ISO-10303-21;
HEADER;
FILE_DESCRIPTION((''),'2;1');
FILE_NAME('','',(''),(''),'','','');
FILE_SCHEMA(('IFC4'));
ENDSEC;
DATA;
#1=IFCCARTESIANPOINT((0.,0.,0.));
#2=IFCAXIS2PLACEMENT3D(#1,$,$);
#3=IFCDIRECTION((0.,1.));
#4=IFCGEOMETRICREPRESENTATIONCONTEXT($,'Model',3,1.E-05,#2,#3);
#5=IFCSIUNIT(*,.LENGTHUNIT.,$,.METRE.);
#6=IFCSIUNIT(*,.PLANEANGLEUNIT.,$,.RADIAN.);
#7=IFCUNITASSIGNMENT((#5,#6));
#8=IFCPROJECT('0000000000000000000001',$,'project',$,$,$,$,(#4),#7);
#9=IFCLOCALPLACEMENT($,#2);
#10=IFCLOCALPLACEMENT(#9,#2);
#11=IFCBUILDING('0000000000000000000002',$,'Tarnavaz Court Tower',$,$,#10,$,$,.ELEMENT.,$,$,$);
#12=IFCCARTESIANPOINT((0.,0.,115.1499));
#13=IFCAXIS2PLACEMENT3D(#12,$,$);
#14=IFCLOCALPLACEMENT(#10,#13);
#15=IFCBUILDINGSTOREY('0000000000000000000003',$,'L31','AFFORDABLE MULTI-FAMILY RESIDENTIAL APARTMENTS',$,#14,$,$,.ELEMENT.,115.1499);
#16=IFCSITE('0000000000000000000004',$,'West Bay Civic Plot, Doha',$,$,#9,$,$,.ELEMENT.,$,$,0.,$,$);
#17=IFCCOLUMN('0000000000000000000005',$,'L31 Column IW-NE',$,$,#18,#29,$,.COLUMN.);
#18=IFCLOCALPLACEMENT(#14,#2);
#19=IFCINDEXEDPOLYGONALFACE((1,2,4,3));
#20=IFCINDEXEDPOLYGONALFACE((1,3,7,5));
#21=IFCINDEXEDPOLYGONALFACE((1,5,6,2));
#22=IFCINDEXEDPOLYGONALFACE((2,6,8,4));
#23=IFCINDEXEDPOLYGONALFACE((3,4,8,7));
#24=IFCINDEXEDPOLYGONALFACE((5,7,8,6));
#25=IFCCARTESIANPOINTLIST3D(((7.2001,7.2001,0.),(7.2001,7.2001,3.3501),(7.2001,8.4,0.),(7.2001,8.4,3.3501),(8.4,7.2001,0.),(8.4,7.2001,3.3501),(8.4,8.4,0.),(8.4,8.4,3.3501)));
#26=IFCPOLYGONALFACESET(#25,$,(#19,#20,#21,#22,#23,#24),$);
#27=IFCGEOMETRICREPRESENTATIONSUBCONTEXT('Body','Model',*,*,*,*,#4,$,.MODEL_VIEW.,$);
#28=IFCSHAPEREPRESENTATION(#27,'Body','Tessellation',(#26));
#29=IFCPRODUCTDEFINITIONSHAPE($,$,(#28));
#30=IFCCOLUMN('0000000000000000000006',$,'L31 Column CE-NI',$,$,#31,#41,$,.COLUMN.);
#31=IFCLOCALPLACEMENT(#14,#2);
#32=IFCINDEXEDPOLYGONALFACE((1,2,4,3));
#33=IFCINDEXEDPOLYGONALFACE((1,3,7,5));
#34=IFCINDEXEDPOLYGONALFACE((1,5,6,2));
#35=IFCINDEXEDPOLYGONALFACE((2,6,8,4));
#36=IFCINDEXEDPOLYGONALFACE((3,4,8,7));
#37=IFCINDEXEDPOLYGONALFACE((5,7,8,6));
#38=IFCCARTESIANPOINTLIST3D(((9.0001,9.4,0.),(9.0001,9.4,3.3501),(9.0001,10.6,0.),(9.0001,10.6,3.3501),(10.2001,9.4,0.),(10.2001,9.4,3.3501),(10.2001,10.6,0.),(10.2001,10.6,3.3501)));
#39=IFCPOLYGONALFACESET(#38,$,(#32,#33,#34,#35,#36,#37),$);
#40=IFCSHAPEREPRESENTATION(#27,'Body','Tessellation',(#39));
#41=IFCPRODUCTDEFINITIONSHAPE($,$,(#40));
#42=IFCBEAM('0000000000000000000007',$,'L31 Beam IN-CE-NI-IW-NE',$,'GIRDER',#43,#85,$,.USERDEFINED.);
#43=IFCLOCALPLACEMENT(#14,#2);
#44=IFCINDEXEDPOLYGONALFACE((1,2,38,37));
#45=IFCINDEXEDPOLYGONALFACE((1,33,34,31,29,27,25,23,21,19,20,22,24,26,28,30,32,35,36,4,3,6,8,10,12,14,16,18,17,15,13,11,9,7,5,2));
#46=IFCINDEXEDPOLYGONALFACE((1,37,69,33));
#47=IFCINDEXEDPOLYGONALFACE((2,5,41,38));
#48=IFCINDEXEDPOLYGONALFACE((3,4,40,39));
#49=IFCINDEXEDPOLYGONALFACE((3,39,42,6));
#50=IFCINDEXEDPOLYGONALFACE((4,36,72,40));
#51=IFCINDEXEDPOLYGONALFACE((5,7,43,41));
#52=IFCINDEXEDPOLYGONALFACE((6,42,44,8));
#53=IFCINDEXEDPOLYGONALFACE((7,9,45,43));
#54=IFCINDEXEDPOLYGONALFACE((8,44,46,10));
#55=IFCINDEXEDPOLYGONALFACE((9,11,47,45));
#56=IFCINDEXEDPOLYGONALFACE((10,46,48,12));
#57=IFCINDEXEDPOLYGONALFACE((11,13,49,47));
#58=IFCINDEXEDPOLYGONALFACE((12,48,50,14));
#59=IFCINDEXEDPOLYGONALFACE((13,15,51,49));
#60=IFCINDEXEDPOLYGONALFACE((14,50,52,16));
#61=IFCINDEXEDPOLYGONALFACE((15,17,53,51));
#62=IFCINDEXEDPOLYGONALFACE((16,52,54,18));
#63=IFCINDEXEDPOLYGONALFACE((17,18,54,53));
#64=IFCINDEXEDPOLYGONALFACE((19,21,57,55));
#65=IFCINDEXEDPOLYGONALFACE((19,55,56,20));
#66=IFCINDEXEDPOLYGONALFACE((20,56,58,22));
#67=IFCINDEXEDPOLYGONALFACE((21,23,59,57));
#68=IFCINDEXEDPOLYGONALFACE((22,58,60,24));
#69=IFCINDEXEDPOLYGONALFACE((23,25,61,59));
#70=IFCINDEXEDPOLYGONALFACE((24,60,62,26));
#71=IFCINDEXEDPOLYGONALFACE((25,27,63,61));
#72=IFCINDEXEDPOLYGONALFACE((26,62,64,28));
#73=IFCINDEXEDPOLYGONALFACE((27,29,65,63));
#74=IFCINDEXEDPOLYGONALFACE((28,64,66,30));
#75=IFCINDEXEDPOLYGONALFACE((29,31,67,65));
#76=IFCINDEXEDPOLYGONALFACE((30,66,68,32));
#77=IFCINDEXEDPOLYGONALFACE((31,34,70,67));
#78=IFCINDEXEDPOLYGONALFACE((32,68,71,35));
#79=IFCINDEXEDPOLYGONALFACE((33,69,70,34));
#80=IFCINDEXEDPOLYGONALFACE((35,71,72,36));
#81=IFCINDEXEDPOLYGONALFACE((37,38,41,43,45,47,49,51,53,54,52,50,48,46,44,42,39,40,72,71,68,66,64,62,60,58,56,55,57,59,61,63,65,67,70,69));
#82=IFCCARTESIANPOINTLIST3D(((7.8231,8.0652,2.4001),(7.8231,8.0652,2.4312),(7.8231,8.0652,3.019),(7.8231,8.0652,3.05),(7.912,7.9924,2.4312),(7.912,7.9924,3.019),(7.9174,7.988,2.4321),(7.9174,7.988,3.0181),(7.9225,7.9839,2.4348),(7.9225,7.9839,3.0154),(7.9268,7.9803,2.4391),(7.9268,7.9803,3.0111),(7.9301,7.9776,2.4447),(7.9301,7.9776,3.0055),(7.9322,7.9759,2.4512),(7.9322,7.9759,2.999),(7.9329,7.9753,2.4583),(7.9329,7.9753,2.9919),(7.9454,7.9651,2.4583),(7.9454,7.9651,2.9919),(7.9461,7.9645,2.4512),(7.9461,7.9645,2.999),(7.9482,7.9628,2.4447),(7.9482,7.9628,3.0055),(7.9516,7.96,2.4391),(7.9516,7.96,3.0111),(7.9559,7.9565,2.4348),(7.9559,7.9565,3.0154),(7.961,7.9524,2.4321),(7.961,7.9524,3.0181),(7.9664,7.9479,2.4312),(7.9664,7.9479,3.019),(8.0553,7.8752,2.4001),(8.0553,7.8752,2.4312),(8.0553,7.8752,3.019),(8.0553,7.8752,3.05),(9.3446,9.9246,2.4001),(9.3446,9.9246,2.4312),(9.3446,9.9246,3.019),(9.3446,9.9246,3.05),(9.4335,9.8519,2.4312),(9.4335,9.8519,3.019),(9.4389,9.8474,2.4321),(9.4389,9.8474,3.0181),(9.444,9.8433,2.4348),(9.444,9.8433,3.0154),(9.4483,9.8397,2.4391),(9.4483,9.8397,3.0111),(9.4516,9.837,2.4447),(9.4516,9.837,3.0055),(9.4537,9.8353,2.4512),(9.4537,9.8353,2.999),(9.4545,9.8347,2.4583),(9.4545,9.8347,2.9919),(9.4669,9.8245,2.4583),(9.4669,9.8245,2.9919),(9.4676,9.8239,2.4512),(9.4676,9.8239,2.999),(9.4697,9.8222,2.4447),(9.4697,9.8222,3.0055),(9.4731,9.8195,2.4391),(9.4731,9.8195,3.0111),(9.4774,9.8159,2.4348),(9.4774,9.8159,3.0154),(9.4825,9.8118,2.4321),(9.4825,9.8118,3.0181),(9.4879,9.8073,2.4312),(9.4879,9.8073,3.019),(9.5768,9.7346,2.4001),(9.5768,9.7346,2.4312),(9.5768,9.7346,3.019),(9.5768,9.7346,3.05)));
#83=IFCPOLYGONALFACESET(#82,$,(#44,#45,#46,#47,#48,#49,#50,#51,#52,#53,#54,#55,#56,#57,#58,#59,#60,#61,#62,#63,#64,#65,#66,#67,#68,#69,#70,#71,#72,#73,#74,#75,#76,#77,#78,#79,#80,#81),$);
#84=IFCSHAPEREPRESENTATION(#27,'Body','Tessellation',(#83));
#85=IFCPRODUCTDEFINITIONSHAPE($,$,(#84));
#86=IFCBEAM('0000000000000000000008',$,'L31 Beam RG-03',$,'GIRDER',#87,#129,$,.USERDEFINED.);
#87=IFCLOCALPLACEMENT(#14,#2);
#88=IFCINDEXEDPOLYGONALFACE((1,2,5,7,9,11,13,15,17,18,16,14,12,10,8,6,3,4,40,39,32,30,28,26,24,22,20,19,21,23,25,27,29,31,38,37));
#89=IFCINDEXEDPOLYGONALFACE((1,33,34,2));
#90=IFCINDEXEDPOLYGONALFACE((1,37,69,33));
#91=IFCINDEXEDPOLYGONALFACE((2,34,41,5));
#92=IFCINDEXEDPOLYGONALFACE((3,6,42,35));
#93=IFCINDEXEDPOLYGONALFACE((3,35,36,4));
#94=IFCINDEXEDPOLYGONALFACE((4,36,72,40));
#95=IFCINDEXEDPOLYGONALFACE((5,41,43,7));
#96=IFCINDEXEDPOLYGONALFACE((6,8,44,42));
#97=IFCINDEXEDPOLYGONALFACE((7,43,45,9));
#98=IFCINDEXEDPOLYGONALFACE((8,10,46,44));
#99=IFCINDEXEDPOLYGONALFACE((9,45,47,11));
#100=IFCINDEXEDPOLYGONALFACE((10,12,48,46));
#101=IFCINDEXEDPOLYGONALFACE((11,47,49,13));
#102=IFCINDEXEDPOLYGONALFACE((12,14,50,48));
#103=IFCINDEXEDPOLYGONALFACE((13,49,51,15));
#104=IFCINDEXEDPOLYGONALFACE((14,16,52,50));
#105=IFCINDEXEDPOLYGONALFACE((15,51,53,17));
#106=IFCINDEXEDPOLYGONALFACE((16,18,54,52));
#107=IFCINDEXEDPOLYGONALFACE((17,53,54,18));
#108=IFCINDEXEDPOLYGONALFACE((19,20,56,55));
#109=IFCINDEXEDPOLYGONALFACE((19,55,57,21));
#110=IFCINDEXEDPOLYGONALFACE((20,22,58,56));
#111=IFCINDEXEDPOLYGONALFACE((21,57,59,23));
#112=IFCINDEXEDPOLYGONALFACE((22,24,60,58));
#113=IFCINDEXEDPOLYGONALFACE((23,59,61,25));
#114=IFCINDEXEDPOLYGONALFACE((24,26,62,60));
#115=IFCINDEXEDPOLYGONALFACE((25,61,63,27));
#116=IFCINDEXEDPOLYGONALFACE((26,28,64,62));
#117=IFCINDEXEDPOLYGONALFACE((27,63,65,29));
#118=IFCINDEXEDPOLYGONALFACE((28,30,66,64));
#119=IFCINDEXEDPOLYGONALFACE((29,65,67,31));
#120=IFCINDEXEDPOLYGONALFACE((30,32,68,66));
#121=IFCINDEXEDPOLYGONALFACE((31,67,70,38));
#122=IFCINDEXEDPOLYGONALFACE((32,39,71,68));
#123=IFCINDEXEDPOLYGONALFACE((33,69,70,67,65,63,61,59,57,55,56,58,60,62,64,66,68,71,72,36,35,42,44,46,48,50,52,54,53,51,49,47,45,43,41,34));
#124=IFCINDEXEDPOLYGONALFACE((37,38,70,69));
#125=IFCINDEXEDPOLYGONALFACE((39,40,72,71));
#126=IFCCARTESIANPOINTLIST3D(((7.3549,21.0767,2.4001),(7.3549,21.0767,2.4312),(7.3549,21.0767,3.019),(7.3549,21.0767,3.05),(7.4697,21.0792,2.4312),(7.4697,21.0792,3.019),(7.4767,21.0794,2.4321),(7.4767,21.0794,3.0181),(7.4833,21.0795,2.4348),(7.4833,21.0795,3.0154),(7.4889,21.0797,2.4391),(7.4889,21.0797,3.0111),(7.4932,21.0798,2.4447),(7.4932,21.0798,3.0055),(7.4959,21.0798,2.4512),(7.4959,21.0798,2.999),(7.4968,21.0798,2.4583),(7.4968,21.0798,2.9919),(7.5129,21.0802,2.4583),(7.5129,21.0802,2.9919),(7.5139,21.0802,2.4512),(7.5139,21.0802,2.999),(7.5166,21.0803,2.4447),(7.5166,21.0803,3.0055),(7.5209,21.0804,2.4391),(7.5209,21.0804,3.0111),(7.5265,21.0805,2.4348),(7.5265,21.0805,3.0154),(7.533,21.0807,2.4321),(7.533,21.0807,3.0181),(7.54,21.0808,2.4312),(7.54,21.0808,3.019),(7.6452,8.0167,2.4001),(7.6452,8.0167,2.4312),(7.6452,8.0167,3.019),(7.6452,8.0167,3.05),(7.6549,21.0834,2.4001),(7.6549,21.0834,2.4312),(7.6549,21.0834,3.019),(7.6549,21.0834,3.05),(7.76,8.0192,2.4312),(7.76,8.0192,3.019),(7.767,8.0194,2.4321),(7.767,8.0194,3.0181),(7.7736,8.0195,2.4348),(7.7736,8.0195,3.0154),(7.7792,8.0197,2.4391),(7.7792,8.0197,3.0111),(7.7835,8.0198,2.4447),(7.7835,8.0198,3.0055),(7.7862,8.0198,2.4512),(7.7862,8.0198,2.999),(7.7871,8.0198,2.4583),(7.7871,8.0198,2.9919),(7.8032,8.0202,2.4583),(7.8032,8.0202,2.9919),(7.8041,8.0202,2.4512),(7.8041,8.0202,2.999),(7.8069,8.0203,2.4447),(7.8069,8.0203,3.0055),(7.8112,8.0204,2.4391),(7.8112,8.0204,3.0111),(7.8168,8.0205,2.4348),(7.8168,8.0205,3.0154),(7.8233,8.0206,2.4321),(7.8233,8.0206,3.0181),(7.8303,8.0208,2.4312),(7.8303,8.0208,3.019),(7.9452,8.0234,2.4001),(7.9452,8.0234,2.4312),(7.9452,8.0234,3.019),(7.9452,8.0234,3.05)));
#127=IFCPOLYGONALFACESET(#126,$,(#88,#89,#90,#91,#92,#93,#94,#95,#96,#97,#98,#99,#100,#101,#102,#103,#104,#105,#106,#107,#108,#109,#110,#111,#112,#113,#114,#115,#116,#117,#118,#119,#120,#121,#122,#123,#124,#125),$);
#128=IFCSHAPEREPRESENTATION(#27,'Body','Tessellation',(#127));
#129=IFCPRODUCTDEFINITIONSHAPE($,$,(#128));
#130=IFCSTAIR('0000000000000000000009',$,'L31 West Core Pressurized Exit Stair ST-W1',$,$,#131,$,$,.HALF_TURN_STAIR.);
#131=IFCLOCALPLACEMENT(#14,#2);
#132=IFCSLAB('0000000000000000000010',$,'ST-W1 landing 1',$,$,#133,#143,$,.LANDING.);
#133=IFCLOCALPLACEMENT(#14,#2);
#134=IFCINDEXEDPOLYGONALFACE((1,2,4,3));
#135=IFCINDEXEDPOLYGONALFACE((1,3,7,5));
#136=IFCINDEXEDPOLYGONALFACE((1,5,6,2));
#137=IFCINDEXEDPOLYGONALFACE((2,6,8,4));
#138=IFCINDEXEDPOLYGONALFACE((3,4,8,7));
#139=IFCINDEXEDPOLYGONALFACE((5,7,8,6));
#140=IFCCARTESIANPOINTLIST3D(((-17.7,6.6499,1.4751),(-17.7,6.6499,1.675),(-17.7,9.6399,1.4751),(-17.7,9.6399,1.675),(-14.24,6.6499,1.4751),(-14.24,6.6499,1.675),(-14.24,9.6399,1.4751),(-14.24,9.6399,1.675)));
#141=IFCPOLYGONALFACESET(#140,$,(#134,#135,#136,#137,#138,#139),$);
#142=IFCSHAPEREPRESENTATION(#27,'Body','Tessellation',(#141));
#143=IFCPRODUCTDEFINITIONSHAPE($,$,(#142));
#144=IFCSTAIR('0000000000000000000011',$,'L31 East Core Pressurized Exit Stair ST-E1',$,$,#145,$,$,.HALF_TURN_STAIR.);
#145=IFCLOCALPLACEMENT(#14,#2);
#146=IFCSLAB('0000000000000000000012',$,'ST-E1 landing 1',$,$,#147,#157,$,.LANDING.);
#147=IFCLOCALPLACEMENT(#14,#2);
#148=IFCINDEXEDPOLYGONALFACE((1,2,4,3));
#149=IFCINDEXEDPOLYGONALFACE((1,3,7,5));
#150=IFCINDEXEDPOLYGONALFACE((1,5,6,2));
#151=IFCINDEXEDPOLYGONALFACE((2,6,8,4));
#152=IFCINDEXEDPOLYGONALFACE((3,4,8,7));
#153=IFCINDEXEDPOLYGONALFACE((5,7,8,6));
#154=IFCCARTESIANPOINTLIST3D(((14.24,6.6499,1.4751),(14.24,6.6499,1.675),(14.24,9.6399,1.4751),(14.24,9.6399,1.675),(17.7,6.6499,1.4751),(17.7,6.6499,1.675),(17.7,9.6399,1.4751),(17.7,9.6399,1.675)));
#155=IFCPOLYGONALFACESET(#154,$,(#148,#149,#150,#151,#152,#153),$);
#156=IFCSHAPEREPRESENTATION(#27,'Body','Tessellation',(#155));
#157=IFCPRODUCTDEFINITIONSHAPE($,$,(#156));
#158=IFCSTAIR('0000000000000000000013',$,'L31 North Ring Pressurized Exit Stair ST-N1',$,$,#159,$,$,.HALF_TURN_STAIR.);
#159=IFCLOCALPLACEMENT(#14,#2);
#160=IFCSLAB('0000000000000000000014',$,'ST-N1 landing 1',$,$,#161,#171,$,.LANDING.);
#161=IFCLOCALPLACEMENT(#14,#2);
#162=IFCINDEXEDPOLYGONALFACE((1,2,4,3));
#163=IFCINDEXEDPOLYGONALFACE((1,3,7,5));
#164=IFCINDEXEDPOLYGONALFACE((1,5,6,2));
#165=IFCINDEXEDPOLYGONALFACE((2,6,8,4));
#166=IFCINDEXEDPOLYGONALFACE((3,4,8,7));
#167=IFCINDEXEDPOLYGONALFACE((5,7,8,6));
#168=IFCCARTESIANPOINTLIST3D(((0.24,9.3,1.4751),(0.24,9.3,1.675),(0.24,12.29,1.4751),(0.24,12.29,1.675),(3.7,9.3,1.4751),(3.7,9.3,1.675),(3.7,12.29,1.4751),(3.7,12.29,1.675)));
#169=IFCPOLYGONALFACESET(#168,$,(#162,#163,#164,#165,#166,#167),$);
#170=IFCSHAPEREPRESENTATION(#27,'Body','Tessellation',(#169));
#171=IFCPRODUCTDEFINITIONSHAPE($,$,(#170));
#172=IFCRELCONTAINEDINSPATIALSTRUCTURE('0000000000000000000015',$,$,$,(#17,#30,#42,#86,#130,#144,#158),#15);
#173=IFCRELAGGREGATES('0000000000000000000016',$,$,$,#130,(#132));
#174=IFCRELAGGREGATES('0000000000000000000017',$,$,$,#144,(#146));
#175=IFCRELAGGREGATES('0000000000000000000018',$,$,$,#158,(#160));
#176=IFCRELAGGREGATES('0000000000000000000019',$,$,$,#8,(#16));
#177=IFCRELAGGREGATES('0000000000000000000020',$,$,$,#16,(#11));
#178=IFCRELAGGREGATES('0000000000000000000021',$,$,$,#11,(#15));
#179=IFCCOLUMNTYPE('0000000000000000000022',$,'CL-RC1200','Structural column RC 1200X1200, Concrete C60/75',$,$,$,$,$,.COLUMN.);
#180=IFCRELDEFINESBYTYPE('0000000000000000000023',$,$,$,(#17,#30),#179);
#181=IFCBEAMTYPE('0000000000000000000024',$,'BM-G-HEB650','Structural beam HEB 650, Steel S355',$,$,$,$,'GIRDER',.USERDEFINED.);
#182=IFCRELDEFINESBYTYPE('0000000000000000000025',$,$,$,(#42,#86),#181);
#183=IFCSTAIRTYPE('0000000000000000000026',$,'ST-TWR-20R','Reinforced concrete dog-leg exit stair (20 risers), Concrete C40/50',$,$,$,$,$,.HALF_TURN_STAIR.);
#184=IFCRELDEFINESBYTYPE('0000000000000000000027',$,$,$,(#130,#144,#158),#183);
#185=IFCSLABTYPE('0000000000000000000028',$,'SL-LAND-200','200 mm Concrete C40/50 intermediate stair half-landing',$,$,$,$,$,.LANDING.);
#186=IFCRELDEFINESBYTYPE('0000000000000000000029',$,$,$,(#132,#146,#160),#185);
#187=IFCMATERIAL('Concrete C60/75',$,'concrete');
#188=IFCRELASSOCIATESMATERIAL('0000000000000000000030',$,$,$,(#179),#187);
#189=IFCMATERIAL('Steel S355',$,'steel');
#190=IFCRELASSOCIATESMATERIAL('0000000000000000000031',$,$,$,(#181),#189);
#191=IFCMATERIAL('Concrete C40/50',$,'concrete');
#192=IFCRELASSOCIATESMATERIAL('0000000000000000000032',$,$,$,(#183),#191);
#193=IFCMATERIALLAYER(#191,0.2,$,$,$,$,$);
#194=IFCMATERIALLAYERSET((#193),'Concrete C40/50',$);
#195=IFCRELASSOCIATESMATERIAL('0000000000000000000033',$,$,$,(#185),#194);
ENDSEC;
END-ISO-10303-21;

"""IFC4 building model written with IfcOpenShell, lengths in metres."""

from ifc_helpers import new_model, si_unit, direction, frame, origin, origin_2d, place, context, subcontext, project, spatial, polyline, rectangle, i_section, outline, extrude, material, layer, layer_set, material_profile, profile_set, type_object, element, aggregate, save


model = new_model("IFC4")

# Units and contexts
model_context = context("Model", 3, precision=1e-05, world=origin(), true_north=direction((0.0, 1.0)))
body_context = subcontext(model_context, "Body", "Model", "MODEL_VIEW")
ifc_project = project(units=[si_unit("LENGTHUNIT", "METRE"), si_unit("PLANEANGLEUNIT", "RADIAN")], contexts=[model_context])

# Site, building, storey
site_placement = place(None, origin())
site = spatial("IfcSite", under=ifc_project, at=site_placement, Name="West Bay Civic Plot, Doha", CompositionType="ELEMENT", RefElevation=0.0)
building_placement = place(site_placement, origin())
building = spatial("IfcBuilding", under=site, at=building_placement, Name="Tarnavaz Court Tower", CompositionType="ELEMENT")
storey_placement = place(building_placement, frame((0.0, 0.0, 115.1499)))
storey = spatial("IfcBuildingStorey", under=building, at=storey_placement, Name="L31", Description="AFFORDABLE MULTI-FAMILY RESIDENTIAL APARTMENTS", CompositionType="ELEMENT", Elevation=115.1499)

# Columns
ifc_material_1 = material(Name="Concrete C60/75", Category="concrete")
ifc_material_profile_1 = material_profile(ifc_material_1, rectangle(XDim=1.2, YDim=1.2, at=origin_2d()), Name="RC 1200X1200")
ifc_profile_set_1 = profile_set([ifc_material_profile_1], Name="Concrete C60/75")
column_type = type_object("IfcColumnType", Name="CL-RC1200", Description="Structural column RC 1200X1200, Concrete C60/75", PredefinedType="COLUMN", material=ifc_profile_set_1)
for number, where, z_axis, x_axis, name in (
    (1, (7.8, 7.8, 0.0), (0.0, 0.0, 1.0), (1.0, 0.0, 0.0), "L31 Column IW-NE"),
    (2, (9.6001, 10.0, 0.0), (0.0, 0.0, 1.0), (1.0, 0.0, 0.0), "L31 Column CE-NI"),
):
    element("IfcColumn", number, at=place(storey_placement, frame(where, z_axis=z_axis, x_axis=x_axis)), inside=storey, type_object=column_type, Name=name, PredefinedType="COLUMN", context=body_context, shape_type="SweptSolid", body=[
        extrude(rectangle(XDim=1.2, YDim=1.2, at=origin_2d()), origin(), (0.0, 0.0, 1.0), 3.3501),
    ])

# Beams
ifc_material_2 = material(Name="Steel S355", Category="steel")
ifc_material_profile_2 = material_profile(ifc_material_2, i_section(OverallWidth=0.3, OverallDepth=0.6499, WebThickness=0.0161, FlangeThickness=0.031, FilletRadius=0.0271, at=origin_2d()), Name="HEB 650")
ifc_profile_set_2 = profile_set([ifc_material_profile_2], Name="Steel S355")
beam_type = type_object("IfcBeamType", Name="BM-G-HEB650", Description="Structural beam HEB 650, Steel S355", ElementType="GIRDER", PredefinedType="USERDEFINED", material=ifc_profile_set_2)
beam_1_placement = place(storey_placement, frame((9.4607, 9.8296, 2.7251), z_axis=(-0.633282, -0.773921, 0.0), x_axis=(0.773921, -0.633282, 0.0)))
element("IfcBeam", 3, at=beam_1_placement, inside=storey, type_object=beam_type, Name="L31 Beam IN-CE-NI-IW-NE", ObjectType="GIRDER", PredefinedType="USERDEFINED", context=body_context, shape_type="SweptSolid", body=[
    extrude(i_section(OverallWidth=0.3, OverallDepth=0.6499, WebThickness=0.0161, FlangeThickness=0.031, FilletRadius=0.0271, at=origin_2d()), origin(), (0.0, 0.0, 1.0), 2.4026),
])
beam_2_placement = place(storey_placement, frame((7.7952, 8.02, 2.7251), z_axis=(-0.022221, 0.999753, 0.0), x_axis=(-0.999753, -0.022221, 0.0)))
element("IfcBeam", 4, at=beam_2_placement, inside=storey, type_object=beam_type, Name="L31 Beam RG-03", ObjectType="GIRDER", PredefinedType="USERDEFINED", context=body_context, shape_type="SweptSolid", body=[
    extrude(i_section(OverallWidth=0.3, OverallDepth=0.6499, WebThickness=0.0161, FlangeThickness=0.031, FilletRadius=0.0271, at=origin_2d()), origin(), (0.0, 0.0, 1.0), 13.0632),
])

# Stairs, slabs
ifc_material_3 = material(Name="Concrete C40/50", Category="concrete")
stair_type = type_object("IfcStairType", Name="ST-TWR-20R", Description="Reinforced concrete dog-leg exit stair (20 risers), Concrete C40/50", PredefinedType="HALF_TURN_STAIR", material=ifc_material_3)
stair_1_placement = place(storey_placement, origin())
stair_1 = element("IfcStair", 5, at=stair_1_placement, inside=storey, type_object=stair_type, Name="L31 West Core Pressurized Exit Stair ST-W1", PredefinedType="HALF_TURN_STAIR")
ifc_layer_1 = layer(ifc_material_3, 0.2)
ifc_layer_set_1 = layer_set([ifc_layer_1], Name="Concrete C40/50")
slab_type_1 = type_object("IfcSlabType", Name="SL-LAND-200", Description="200 mm Concrete C40/50 intermediate stair half-landing", PredefinedType="LANDING", material=ifc_layer_set_1)
slab_1_placement = place(storey_placement, frame((0.0, 0.0, 1.4751)))
slab_1 = element("IfcSlab", 6, at=slab_1_placement, type_object=slab_type_1, Name="ST-W1 landing 1", PredefinedType="LANDING", context=body_context, shape_type="SweptSolid", body=[
    extrude(outline(polyline([(-14.24, 9.6399), (-17.7, 9.6399), (-17.7, 6.6499), (-14.24, 6.6499), (-14.24, 9.6399)])), origin(), (0.0, 0.0, 1.0), 0.2),
])
aggregate(stair_1, [slab_1])
stair_2_placement = place(storey_placement, origin())
stair_2 = element("IfcStair", 7, at=stair_2_placement, inside=storey, type_object=stair_type, Name="L31 East Core Pressurized Exit Stair ST-E1", PredefinedType="HALF_TURN_STAIR")
slab_2_placement = place(storey_placement, frame((0.0, 0.0, 1.4751)))
slab_2 = element("IfcSlab", 8, at=slab_2_placement, type_object=slab_type_1, Name="ST-E1 landing 1", PredefinedType="LANDING", context=body_context, shape_type="SweptSolid", body=[
    extrude(outline(polyline([(14.24, 6.6499), (17.7, 6.6499), (17.7, 9.6399), (14.24, 9.6399), (14.24, 6.6499)])), origin(), (0.0, 0.0, 1.0), 0.2),
])
aggregate(stair_2, [slab_2])
stair_3_placement = place(storey_placement, origin())
stair_3 = element("IfcStair", 9, at=stair_3_placement, inside=storey, type_object=stair_type, Name="L31 North Ring Pressurized Exit Stair ST-N1", PredefinedType="HALF_TURN_STAIR")
slab_3_placement = place(storey_placement, frame((0.0, 0.0, 1.4751)))
slab_3 = element("IfcSlab", 10, at=slab_3_placement, type_object=slab_type_1, Name="ST-N1 landing 1", PredefinedType="LANDING", context=body_context, shape_type="SweptSolid", body=[
    extrude(outline(polyline([(0.24, 9.3), (3.7, 9.3), (3.7, 12.29), (0.24, 12.29), (0.24, 9.3)])), origin(), (0.0, 0.0, 1.0), 0.2),
])

aggregate(stair_3, [slab_3])

save(model, "model.ifc")
